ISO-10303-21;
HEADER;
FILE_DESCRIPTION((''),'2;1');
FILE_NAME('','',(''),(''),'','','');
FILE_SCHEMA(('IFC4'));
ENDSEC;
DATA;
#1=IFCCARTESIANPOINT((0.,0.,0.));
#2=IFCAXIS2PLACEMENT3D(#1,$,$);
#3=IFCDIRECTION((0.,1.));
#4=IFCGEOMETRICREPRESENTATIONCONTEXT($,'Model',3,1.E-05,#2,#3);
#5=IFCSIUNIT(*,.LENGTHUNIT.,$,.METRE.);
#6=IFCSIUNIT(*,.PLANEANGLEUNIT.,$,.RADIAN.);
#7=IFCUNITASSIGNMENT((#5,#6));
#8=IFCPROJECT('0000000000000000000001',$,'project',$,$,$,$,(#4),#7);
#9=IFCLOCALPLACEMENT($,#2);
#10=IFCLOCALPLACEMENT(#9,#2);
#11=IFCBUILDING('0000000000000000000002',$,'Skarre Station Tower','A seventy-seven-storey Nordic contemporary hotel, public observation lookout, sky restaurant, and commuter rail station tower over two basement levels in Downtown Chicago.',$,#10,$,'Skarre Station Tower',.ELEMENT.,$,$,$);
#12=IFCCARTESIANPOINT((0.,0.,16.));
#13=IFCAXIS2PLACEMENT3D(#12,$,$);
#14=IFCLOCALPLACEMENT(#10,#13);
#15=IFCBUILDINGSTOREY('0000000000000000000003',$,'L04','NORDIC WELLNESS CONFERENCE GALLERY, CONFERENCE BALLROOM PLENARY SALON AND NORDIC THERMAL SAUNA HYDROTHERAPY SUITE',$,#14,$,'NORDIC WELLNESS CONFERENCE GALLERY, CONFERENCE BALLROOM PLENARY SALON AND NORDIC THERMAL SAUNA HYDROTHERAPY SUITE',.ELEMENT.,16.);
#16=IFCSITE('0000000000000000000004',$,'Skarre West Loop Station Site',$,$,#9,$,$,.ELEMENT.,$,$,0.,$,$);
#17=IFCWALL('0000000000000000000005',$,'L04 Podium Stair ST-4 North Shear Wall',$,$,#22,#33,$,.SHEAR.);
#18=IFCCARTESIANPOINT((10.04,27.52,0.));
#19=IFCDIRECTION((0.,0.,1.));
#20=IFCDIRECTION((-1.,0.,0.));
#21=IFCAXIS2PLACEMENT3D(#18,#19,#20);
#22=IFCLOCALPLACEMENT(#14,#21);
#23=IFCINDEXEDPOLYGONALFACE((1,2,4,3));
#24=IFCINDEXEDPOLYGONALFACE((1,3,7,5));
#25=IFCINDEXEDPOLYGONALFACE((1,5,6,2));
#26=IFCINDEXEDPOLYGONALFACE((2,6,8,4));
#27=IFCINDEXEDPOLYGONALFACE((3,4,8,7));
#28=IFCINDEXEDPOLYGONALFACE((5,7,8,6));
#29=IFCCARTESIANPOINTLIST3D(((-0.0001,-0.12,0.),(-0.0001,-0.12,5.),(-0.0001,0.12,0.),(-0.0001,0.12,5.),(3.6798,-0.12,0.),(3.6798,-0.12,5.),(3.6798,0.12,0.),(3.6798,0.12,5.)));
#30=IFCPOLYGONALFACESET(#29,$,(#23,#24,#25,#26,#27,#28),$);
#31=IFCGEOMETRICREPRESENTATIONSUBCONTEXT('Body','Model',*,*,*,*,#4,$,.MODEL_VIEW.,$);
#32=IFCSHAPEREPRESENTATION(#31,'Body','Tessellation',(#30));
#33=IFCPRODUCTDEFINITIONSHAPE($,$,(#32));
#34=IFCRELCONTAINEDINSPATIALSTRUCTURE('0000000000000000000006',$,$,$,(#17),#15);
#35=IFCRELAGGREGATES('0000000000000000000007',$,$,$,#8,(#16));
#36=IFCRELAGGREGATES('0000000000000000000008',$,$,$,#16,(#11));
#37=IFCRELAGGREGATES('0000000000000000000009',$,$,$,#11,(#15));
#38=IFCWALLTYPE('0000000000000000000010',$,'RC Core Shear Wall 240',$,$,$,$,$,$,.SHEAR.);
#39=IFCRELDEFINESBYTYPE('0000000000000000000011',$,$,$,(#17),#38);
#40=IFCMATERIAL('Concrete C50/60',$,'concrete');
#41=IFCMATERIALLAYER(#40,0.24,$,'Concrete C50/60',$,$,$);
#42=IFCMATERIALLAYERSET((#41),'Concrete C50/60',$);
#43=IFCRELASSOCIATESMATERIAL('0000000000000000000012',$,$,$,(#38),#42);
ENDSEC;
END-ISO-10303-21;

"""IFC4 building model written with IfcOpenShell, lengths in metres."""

from ifc_helpers import new_model, si_unit, direction, frame, frame_2d, origin, place, context, subcontext, project, spatial, rectangle, extrude, material, layer, layer_set, type_object, element, save


model = new_model("IFC4")

# Units and contexts
model_context = context("Model", 3, precision=1e-05, world=origin(), true_north=direction((0.0, 1.0)))
body_context = subcontext(model_context, "Body", "Model", "MODEL_VIEW")
ifc_project = project(units=[si_unit("LENGTHUNIT", "METRE"), si_unit("PLANEANGLEUNIT", "RADIAN")], contexts=[model_context])

# Site, building, storey
site_placement = place(None, origin())
site = spatial("IfcSite", under=ifc_project, at=site_placement, Name="Skarre West Loop Station Site", CompositionType="ELEMENT", RefElevation=0.0)
building_placement = place(site_placement, origin())
building = spatial("IfcBuilding", under=site, at=building_placement, Name="Skarre Station Tower", Description="A seventy-seven-storey Nordic contemporary hotel, public observation lookout, sky restaurant, and commuter rail station tower over two basement levels in Downtown Chicago.", LongName="Skarre Station Tower", CompositionType="ELEMENT")
storey_placement = place(building_placement, frame((0.0, 0.0, 16.0)))
storey = spatial("IfcBuildingStorey", under=building, at=storey_placement, Name="L04", Description="NORDIC WELLNESS CONFERENCE GALLERY, CONFERENCE BALLROOM PLENARY SALON AND NORDIC THERMAL SAUNA HYDROTHERAPY SUITE", LongName="NORDIC WELLNESS CONFERENCE GALLERY, CONFERENCE BALLROOM PLENARY SALON AND NORDIC THERMAL SAUNA HYDROTHERAPY SUITE", CompositionType="ELEMENT", Elevation=16.0)

# Wall
ifc_material_1 = material(Name="Concrete C50/60", Category="concrete")
ifc_layer_1 = layer(ifc_material_1, 0.24, Name="Concrete C50/60")
ifc_layer_set_1 = layer_set([ifc_layer_1], Name="Concrete C50/60")
wall_type = type_object("IfcWallType", Name="RC Core Shear Wall 240", PredefinedType="SHEAR", material=ifc_layer_set_1)
wall_1_placement = place(storey_placement, frame((10.04, 27.52, 0.0), z_axis=(0.0, 0.0, 1.0), x_axis=(-1.0, 0.0, 0.0)))
element("IfcWall", 1, at=wall_1_placement, inside=storey, type_object=wall_type, Name="L04 Podium Stair ST-4 North Shear Wall", PredefinedType="SHEAR", context=body_context, shape_type="SweptSolid", body=[
    extrude(rectangle(XDim=3.6799, YDim=0.24, at=frame_2d((1.8398, 0.0))), origin(), (0.0, 0.0, 1.0), 5.0),
])

save(model, "model.ifc")
